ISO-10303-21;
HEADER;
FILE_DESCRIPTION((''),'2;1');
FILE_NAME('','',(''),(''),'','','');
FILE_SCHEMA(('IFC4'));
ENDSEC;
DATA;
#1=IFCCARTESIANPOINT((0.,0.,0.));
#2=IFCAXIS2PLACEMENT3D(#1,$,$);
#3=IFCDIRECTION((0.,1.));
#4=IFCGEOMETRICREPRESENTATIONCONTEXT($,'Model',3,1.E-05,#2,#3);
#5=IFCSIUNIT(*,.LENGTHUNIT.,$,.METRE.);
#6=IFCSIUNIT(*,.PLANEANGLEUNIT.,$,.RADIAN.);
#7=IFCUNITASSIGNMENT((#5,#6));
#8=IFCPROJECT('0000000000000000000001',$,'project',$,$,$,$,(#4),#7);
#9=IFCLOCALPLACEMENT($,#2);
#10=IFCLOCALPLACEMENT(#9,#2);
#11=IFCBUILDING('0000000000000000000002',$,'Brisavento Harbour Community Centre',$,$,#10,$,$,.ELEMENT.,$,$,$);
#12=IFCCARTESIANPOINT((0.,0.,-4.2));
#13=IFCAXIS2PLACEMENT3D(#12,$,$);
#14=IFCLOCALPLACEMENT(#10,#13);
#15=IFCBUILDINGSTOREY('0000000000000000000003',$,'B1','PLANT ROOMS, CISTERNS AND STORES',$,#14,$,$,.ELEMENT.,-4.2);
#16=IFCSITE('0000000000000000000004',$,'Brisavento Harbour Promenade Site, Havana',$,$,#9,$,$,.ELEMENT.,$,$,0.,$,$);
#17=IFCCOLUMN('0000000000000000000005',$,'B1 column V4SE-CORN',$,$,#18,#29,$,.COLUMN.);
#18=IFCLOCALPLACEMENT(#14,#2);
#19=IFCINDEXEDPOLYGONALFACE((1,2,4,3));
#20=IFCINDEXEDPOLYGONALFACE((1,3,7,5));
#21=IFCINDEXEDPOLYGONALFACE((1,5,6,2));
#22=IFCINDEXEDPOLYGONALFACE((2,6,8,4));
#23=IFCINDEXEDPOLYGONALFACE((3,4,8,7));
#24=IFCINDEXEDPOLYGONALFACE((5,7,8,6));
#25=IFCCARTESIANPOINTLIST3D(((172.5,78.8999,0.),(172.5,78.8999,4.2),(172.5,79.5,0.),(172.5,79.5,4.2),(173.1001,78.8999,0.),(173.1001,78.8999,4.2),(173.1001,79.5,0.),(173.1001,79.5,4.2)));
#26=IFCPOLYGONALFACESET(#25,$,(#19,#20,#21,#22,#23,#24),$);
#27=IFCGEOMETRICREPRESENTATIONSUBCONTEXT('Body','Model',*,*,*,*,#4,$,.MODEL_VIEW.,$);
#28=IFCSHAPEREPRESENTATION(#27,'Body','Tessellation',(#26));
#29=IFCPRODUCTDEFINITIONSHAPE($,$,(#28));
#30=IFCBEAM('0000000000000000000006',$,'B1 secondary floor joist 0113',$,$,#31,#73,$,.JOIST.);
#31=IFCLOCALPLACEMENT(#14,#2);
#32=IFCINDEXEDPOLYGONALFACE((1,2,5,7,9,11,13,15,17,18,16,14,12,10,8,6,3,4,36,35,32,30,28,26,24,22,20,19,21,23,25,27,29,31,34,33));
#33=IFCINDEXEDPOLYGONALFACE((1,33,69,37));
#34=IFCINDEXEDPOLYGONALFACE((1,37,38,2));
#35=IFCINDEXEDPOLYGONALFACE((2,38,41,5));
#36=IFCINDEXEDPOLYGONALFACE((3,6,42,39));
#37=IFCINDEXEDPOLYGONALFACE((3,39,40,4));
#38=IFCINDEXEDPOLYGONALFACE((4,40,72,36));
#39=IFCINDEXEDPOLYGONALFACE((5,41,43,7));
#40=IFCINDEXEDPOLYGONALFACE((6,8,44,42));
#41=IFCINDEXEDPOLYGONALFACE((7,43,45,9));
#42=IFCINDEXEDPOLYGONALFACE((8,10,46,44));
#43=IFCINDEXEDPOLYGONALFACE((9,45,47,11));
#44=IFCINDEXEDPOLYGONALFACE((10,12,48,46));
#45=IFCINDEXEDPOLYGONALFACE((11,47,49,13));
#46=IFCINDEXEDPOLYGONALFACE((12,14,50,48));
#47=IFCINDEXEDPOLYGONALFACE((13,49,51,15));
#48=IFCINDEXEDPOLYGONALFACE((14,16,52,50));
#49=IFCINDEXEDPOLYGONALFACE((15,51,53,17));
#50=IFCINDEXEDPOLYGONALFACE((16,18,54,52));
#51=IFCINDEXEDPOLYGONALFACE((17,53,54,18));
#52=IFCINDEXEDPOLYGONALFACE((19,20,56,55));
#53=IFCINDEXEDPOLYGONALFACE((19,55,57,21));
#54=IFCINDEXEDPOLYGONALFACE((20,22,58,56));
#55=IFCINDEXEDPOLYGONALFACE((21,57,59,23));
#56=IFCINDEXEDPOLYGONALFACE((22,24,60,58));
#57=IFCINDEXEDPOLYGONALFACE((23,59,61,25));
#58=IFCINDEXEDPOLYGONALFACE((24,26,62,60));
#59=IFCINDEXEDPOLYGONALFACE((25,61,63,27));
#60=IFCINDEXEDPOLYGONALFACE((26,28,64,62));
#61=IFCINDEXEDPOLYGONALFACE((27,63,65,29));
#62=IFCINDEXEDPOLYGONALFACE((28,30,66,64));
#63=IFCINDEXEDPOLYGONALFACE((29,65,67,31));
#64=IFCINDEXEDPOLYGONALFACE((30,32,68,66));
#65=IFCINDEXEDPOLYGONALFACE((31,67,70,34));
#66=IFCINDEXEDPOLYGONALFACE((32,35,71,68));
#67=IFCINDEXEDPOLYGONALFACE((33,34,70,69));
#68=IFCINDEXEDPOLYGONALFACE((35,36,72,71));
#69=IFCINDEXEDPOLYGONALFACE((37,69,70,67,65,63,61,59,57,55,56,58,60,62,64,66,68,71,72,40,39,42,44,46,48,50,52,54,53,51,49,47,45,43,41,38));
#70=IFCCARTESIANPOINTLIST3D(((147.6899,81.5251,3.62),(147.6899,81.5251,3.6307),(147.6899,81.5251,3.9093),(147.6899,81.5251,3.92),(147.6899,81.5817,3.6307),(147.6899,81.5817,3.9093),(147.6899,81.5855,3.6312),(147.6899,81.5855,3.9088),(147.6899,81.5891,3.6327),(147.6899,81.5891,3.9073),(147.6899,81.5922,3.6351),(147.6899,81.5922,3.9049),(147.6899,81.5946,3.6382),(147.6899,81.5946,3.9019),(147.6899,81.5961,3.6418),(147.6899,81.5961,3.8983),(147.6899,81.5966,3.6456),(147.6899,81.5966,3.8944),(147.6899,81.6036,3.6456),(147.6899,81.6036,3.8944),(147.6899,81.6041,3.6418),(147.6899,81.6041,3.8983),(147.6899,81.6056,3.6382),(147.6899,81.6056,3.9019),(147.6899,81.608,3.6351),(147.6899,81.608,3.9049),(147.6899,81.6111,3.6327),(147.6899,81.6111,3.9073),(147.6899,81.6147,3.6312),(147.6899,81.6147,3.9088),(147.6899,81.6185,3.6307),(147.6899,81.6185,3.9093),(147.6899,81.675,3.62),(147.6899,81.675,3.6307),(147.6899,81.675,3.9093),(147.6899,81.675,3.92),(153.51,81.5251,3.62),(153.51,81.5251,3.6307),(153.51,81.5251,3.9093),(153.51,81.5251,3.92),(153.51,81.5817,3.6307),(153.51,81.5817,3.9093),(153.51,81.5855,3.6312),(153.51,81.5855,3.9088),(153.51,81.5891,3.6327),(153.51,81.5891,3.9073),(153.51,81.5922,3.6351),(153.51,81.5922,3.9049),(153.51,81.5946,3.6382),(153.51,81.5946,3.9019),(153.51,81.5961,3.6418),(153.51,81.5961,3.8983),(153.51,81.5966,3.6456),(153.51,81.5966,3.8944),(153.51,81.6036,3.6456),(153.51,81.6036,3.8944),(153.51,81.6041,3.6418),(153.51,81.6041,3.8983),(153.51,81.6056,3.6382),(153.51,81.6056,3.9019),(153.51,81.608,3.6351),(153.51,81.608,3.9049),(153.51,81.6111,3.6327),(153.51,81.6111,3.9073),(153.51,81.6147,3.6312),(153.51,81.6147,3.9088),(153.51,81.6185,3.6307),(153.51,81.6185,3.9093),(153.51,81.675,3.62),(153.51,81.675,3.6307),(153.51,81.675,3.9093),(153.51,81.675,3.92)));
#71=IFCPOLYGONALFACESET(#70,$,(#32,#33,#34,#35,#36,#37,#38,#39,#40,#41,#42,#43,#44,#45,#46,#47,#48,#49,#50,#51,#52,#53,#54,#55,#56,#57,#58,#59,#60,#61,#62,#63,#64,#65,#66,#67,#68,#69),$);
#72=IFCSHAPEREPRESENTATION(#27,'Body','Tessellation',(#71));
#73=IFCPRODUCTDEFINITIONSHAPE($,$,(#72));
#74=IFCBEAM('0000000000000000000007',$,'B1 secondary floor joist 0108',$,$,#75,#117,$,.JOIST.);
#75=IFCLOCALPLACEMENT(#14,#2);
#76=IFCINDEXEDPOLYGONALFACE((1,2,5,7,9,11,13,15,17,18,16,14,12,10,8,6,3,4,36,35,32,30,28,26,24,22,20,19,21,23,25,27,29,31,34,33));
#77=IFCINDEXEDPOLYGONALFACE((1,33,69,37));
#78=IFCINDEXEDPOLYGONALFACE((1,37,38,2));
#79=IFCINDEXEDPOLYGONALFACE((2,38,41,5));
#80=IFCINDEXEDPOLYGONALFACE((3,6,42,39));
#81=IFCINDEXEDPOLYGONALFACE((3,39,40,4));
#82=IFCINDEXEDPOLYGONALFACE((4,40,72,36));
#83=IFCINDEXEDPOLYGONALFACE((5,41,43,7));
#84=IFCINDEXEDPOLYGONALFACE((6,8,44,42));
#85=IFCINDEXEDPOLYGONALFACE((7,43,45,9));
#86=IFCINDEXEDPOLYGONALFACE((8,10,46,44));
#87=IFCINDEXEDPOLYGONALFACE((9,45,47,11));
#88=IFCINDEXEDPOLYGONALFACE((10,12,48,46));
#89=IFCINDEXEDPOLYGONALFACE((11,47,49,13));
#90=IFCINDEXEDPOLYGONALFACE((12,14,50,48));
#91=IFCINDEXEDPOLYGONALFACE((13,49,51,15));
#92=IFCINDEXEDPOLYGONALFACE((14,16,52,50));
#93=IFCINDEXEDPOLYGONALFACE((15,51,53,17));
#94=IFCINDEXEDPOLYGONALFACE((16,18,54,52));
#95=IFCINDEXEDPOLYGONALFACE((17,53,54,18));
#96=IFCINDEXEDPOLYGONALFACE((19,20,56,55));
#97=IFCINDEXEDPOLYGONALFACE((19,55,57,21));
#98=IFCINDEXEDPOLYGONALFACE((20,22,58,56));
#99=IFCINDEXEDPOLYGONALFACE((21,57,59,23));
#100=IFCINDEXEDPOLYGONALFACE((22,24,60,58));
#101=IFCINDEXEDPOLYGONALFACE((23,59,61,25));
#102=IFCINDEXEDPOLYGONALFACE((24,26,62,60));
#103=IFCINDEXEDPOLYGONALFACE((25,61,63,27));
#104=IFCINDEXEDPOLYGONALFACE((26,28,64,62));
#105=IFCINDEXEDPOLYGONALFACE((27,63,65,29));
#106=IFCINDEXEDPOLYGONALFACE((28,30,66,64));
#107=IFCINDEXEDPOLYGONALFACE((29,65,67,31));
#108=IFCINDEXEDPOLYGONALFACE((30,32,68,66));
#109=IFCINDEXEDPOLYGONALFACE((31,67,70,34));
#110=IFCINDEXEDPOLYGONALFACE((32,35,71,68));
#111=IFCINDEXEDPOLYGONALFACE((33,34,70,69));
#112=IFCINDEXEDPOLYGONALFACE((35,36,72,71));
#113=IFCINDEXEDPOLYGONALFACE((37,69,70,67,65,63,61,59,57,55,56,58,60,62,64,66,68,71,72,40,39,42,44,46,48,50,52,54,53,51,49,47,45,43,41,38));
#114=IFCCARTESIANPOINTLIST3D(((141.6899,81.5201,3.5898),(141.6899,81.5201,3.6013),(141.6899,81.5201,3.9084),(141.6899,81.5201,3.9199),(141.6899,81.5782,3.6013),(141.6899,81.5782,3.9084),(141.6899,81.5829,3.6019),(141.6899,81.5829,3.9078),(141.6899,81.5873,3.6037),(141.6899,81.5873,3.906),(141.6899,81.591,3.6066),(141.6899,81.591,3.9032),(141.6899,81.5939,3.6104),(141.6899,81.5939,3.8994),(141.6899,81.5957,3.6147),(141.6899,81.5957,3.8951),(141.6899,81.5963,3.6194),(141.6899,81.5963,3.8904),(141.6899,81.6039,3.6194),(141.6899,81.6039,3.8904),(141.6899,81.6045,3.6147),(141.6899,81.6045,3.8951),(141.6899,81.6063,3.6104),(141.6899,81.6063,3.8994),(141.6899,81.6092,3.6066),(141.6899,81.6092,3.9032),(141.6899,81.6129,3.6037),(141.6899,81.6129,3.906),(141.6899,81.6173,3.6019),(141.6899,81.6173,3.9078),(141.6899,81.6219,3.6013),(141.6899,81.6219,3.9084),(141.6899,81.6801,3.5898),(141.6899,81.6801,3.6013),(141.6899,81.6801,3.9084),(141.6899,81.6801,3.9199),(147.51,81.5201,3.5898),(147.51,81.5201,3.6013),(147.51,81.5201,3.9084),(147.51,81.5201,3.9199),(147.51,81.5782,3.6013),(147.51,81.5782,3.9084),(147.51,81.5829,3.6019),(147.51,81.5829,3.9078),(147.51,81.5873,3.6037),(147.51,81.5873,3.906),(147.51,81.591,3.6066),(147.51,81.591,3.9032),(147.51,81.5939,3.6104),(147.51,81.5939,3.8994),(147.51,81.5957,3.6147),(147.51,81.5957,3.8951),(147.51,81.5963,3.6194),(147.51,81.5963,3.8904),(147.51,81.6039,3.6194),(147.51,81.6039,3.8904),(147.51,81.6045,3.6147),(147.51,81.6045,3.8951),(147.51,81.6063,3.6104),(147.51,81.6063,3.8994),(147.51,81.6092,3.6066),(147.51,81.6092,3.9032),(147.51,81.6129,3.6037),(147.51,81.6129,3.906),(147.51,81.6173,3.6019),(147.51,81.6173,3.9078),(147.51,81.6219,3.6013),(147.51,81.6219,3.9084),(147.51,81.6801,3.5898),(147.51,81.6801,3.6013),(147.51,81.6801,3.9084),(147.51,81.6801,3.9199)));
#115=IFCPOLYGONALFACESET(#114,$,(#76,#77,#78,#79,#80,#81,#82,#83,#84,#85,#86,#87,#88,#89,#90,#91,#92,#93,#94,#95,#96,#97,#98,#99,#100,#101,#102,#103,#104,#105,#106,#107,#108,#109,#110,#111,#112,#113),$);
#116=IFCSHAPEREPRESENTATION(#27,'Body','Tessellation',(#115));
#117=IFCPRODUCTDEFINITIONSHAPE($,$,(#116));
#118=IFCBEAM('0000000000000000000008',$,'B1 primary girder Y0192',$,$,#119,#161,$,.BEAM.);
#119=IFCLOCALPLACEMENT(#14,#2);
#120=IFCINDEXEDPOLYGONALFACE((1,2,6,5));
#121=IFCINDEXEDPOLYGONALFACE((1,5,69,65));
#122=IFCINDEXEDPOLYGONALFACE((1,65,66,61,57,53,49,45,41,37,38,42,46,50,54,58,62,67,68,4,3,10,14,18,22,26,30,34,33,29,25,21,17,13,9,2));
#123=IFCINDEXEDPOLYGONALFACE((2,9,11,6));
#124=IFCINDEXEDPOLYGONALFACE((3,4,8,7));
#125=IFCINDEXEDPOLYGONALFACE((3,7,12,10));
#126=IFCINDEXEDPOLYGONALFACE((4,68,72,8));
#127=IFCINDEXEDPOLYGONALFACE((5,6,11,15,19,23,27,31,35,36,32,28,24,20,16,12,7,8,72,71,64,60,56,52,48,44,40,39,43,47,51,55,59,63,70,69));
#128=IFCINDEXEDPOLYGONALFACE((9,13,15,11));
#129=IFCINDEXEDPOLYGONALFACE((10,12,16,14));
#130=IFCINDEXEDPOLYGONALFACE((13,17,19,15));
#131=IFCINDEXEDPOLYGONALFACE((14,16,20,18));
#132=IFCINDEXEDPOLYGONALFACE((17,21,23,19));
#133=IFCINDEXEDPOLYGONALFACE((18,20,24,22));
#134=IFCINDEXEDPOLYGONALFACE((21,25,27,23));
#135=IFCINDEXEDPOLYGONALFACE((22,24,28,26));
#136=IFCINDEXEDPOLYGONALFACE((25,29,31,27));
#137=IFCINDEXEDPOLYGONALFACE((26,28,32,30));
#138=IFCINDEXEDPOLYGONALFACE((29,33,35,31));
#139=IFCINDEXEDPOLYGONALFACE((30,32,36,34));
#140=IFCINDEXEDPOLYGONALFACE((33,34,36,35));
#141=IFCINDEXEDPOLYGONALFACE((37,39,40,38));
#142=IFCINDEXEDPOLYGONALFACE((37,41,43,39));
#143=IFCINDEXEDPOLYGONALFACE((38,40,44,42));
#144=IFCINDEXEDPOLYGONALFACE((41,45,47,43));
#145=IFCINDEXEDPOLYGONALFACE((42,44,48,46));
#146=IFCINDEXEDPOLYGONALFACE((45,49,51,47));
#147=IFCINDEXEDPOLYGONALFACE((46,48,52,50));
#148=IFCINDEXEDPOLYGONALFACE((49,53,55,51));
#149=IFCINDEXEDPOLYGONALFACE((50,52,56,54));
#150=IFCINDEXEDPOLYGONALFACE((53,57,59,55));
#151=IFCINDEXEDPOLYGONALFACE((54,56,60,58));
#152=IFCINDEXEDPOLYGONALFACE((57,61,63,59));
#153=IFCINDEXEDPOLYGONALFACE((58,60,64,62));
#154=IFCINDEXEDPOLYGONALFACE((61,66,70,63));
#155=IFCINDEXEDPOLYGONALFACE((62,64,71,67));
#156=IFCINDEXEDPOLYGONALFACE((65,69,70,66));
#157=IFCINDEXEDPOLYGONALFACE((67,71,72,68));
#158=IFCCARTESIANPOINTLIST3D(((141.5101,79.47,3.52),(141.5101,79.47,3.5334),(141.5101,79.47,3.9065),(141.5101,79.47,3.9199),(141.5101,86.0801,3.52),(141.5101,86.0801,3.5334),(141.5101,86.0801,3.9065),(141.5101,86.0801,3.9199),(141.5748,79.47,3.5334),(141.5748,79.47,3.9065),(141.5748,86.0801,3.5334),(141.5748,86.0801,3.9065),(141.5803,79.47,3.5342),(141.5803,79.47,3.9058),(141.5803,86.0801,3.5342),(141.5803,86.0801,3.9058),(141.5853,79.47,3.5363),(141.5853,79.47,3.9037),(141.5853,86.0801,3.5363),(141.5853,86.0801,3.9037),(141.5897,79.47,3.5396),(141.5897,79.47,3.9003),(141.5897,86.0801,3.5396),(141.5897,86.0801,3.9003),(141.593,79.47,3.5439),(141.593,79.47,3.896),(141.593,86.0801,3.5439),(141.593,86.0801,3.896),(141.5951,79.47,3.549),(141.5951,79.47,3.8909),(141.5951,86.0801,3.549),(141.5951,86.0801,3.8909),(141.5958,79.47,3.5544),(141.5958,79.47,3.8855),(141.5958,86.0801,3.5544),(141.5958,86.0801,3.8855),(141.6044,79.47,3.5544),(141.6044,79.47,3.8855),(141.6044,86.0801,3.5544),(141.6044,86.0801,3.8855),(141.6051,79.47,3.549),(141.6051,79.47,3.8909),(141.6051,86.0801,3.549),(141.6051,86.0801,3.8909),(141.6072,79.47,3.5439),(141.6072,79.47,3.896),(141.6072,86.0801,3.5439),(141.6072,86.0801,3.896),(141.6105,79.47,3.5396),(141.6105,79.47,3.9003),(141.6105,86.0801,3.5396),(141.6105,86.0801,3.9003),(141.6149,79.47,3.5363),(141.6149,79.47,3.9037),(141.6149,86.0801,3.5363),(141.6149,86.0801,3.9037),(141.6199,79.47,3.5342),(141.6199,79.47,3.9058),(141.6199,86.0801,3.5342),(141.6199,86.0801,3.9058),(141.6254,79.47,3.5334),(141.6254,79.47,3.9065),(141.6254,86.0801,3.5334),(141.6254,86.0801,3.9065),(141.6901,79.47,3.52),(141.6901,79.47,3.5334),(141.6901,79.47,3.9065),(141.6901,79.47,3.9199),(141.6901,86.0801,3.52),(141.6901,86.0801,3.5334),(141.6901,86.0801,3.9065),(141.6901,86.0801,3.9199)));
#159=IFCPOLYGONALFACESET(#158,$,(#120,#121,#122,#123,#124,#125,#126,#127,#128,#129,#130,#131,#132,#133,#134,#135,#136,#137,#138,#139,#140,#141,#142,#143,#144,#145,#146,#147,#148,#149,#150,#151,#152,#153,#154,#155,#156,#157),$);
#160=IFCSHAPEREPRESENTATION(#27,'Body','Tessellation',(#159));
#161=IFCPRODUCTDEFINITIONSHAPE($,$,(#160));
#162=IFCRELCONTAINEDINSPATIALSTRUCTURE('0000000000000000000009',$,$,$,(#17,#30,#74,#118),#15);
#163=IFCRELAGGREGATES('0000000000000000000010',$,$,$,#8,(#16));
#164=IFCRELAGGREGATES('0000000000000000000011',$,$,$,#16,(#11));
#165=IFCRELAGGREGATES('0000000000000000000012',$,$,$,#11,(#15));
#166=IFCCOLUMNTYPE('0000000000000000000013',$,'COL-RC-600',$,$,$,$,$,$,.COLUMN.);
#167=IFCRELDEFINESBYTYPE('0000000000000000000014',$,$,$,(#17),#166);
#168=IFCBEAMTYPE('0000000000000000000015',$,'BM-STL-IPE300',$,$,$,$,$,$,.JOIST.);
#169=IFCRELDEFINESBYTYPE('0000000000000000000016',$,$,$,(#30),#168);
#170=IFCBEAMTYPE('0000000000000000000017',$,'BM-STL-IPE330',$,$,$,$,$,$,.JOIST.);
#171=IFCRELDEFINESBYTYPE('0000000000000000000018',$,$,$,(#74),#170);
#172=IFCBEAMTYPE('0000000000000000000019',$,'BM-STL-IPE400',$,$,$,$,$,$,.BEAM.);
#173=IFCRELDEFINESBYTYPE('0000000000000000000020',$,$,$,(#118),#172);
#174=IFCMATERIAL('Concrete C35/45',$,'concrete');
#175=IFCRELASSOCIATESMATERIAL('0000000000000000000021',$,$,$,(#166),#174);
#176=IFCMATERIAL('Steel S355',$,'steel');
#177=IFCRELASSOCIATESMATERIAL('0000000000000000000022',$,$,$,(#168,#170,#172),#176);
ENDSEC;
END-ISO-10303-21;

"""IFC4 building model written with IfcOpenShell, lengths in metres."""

from ifc_helpers import new_model, si_unit, direction, frame, origin, origin_2d, place, context, subcontext, project, spatial, rectangle, i_section, extrude, material, material_profile, profile_set, type_object, element, save


model = new_model("IFC4")

# Units and contexts
model_context = context("Model", 3, precision=1e-05, world=origin(), true_north=direction((0.0, 1.0)))
body_context = subcontext(model_context, "Body", "Model", "MODEL_VIEW")
ifc_project = project(units=[si_unit("LENGTHUNIT", "METRE"), si_unit("PLANEANGLEUNIT", "RADIAN")], contexts=[model_context])

# Site, building, storey
site_placement = place(None, origin())
site = spatial("IfcSite", under=ifc_project, at=site_placement, Name="Brisavento Harbour Promenade Site, Havana", CompositionType="ELEMENT", RefElevation=0.0)
building_placement = place(site_placement, origin())
building = spatial("IfcBuilding", under=site, at=building_placement, Name="Brisavento Harbour Community Centre", CompositionType="ELEMENT")
storey_placement = place(building_placement, frame((0.0, 0.0, -4.2)))
storey = spatial("IfcBuildingStorey", under=building, at=storey_placement, Name="B1", Description="PLANT ROOMS, CISTERNS AND STORES", CompositionType="ELEMENT", Elevation=-4.2)

# Shared definitions
ifc_material_1 = material(Name="Concrete C35/45", Category="concrete")

# Column
ifc_material_profile_1 = material_profile(ifc_material_1, rectangle(XDim=0.6001, YDim=0.6001, at=origin_2d()), Name="Concrete C35/45")
ifc_profile_set_1 = profile_set([ifc_material_profile_1], Name="Concrete C35/45")
column_type = type_object("IfcColumnType", Name="COL-RC-600", PredefinedType="COLUMN", material=ifc_profile_set_1)
column_placement = place(storey_placement, frame((172.8, 79.2, 0.0), z_axis=(0.0, 0.0, 1.0), x_axis=(1.0, 0.0, 0.0)))
element("IfcColumn", 1, at=column_placement, inside=storey, type_object=column_type, Name="B1 column V4SE-CORN", PredefinedType="COLUMN", context=body_context, shape_type="SweptSolid", body=[
    extrude(rectangle(XDim=0.6001, YDim=0.6001, at=origin_2d()), origin(), (0.0, 0.0, 1.0), 4.2),
])

# Beams
ifc_material_2 = material(Name="Steel S355", Category="steel")
ifc_material_profile_2 = material_profile(ifc_material_2, i_section(OverallWidth=0.1499, OverallDepth=0.3, WebThickness=0.0071, FlangeThickness=0.0107, FilletRadius=0.0149, at=origin_2d()), Name="Steel S355")
ifc_profile_set_2 = profile_set([ifc_material_profile_2], Name="Steel S355")
beam_type_1 = type_object("IfcBeamType", Name="BM-STL-IPE300", PredefinedType="JOIST", material=ifc_profile_set_2)
beam_1_placement = place(storey_placement, frame((147.6899, 81.6001, 3.77), z_axis=(1.0, 0.0, 0.0), x_axis=(0.0, 1.0, 0.0)))
element("IfcBeam", 2, at=beam_1_placement, inside=storey, type_object=beam_type_1, Name="B1 secondary floor joist 0113", PredefinedType="JOIST", context=body_context, shape_type="SweptSolid", body=[
    extrude(i_section(OverallWidth=0.1499, OverallDepth=0.3, WebThickness=0.0071, FlangeThickness=0.0107, FilletRadius=0.0149, at=origin_2d()), origin(), (0.0, 0.0, 1.0), 5.8201),
])
ifc_material_profile_3 = material_profile(ifc_material_2, i_section(OverallWidth=0.1599, OverallDepth=0.3301, WebThickness=0.0076, FlangeThickness=0.0115, FilletRadius=0.0181, at=origin_2d()), Name="Steel S355")
ifc_profile_set_3 = profile_set([ifc_material_profile_3], Name="Steel S355")
beam_type_2 = type_object("IfcBeamType", Name="BM-STL-IPE330", PredefinedType="JOIST", material=ifc_profile_set_3)
beam_2_placement = place(storey_placement, frame((141.6899, 81.6001, 3.7549), z_axis=(1.0, 0.0, 0.0), x_axis=(0.0, 1.0, 0.0)))
element("IfcBeam", 3, at=beam_2_placement, inside=storey, type_object=beam_type_2, Name="B1 secondary floor joist 0108", PredefinedType="JOIST", context=body_context, shape_type="SweptSolid", body=[
    extrude(i_section(OverallWidth=0.1599, OverallDepth=0.3301, WebThickness=0.0076, FlangeThickness=0.0115, FilletRadius=0.0181, at=origin_2d()), origin(), (0.0, 0.0, 1.0), 5.8201),
])
ifc_material_profile_4 = material_profile(ifc_material_2, i_section(OverallWidth=0.1799, OverallDepth=0.3999, WebThickness=0.0085, FlangeThickness=0.0134, FilletRadius=0.021, at=origin_2d()), Name="Steel S355")
ifc_profile_set_4 = profile_set([ifc_material_profile_4], Name="Steel S355")
beam_type_3 = type_object("IfcBeamType", Name="BM-STL-IPE400", PredefinedType="BEAM", material=ifc_profile_set_4)
for number, where, z_axis, x_axis, name in (
    (4, (141.6001, 79.47, 3.72), (0.0, 1.0, 0.0), (-1.0, 0.0, 0.0), "B1 primary girder Y0192"),
):
    element("IfcBeam", number, at=place(storey_placement, frame(where, z_axis=z_axis, x_axis=x_axis)), inside=storey, type_object=beam_type_3, Name=name, PredefinedType="BEAM", context=body_context, shape_type="SweptSolid", body=[
        extrude(i_section(OverallWidth=0.1799, OverallDepth=0.3999, WebThickness=0.0085, FlangeThickness=0.0134, FilletRadius=0.021, at=origin_2d()), origin(), (0.0, 0.0, 1.0), 6.6101),
    ])

save(model, "model.ifc")
